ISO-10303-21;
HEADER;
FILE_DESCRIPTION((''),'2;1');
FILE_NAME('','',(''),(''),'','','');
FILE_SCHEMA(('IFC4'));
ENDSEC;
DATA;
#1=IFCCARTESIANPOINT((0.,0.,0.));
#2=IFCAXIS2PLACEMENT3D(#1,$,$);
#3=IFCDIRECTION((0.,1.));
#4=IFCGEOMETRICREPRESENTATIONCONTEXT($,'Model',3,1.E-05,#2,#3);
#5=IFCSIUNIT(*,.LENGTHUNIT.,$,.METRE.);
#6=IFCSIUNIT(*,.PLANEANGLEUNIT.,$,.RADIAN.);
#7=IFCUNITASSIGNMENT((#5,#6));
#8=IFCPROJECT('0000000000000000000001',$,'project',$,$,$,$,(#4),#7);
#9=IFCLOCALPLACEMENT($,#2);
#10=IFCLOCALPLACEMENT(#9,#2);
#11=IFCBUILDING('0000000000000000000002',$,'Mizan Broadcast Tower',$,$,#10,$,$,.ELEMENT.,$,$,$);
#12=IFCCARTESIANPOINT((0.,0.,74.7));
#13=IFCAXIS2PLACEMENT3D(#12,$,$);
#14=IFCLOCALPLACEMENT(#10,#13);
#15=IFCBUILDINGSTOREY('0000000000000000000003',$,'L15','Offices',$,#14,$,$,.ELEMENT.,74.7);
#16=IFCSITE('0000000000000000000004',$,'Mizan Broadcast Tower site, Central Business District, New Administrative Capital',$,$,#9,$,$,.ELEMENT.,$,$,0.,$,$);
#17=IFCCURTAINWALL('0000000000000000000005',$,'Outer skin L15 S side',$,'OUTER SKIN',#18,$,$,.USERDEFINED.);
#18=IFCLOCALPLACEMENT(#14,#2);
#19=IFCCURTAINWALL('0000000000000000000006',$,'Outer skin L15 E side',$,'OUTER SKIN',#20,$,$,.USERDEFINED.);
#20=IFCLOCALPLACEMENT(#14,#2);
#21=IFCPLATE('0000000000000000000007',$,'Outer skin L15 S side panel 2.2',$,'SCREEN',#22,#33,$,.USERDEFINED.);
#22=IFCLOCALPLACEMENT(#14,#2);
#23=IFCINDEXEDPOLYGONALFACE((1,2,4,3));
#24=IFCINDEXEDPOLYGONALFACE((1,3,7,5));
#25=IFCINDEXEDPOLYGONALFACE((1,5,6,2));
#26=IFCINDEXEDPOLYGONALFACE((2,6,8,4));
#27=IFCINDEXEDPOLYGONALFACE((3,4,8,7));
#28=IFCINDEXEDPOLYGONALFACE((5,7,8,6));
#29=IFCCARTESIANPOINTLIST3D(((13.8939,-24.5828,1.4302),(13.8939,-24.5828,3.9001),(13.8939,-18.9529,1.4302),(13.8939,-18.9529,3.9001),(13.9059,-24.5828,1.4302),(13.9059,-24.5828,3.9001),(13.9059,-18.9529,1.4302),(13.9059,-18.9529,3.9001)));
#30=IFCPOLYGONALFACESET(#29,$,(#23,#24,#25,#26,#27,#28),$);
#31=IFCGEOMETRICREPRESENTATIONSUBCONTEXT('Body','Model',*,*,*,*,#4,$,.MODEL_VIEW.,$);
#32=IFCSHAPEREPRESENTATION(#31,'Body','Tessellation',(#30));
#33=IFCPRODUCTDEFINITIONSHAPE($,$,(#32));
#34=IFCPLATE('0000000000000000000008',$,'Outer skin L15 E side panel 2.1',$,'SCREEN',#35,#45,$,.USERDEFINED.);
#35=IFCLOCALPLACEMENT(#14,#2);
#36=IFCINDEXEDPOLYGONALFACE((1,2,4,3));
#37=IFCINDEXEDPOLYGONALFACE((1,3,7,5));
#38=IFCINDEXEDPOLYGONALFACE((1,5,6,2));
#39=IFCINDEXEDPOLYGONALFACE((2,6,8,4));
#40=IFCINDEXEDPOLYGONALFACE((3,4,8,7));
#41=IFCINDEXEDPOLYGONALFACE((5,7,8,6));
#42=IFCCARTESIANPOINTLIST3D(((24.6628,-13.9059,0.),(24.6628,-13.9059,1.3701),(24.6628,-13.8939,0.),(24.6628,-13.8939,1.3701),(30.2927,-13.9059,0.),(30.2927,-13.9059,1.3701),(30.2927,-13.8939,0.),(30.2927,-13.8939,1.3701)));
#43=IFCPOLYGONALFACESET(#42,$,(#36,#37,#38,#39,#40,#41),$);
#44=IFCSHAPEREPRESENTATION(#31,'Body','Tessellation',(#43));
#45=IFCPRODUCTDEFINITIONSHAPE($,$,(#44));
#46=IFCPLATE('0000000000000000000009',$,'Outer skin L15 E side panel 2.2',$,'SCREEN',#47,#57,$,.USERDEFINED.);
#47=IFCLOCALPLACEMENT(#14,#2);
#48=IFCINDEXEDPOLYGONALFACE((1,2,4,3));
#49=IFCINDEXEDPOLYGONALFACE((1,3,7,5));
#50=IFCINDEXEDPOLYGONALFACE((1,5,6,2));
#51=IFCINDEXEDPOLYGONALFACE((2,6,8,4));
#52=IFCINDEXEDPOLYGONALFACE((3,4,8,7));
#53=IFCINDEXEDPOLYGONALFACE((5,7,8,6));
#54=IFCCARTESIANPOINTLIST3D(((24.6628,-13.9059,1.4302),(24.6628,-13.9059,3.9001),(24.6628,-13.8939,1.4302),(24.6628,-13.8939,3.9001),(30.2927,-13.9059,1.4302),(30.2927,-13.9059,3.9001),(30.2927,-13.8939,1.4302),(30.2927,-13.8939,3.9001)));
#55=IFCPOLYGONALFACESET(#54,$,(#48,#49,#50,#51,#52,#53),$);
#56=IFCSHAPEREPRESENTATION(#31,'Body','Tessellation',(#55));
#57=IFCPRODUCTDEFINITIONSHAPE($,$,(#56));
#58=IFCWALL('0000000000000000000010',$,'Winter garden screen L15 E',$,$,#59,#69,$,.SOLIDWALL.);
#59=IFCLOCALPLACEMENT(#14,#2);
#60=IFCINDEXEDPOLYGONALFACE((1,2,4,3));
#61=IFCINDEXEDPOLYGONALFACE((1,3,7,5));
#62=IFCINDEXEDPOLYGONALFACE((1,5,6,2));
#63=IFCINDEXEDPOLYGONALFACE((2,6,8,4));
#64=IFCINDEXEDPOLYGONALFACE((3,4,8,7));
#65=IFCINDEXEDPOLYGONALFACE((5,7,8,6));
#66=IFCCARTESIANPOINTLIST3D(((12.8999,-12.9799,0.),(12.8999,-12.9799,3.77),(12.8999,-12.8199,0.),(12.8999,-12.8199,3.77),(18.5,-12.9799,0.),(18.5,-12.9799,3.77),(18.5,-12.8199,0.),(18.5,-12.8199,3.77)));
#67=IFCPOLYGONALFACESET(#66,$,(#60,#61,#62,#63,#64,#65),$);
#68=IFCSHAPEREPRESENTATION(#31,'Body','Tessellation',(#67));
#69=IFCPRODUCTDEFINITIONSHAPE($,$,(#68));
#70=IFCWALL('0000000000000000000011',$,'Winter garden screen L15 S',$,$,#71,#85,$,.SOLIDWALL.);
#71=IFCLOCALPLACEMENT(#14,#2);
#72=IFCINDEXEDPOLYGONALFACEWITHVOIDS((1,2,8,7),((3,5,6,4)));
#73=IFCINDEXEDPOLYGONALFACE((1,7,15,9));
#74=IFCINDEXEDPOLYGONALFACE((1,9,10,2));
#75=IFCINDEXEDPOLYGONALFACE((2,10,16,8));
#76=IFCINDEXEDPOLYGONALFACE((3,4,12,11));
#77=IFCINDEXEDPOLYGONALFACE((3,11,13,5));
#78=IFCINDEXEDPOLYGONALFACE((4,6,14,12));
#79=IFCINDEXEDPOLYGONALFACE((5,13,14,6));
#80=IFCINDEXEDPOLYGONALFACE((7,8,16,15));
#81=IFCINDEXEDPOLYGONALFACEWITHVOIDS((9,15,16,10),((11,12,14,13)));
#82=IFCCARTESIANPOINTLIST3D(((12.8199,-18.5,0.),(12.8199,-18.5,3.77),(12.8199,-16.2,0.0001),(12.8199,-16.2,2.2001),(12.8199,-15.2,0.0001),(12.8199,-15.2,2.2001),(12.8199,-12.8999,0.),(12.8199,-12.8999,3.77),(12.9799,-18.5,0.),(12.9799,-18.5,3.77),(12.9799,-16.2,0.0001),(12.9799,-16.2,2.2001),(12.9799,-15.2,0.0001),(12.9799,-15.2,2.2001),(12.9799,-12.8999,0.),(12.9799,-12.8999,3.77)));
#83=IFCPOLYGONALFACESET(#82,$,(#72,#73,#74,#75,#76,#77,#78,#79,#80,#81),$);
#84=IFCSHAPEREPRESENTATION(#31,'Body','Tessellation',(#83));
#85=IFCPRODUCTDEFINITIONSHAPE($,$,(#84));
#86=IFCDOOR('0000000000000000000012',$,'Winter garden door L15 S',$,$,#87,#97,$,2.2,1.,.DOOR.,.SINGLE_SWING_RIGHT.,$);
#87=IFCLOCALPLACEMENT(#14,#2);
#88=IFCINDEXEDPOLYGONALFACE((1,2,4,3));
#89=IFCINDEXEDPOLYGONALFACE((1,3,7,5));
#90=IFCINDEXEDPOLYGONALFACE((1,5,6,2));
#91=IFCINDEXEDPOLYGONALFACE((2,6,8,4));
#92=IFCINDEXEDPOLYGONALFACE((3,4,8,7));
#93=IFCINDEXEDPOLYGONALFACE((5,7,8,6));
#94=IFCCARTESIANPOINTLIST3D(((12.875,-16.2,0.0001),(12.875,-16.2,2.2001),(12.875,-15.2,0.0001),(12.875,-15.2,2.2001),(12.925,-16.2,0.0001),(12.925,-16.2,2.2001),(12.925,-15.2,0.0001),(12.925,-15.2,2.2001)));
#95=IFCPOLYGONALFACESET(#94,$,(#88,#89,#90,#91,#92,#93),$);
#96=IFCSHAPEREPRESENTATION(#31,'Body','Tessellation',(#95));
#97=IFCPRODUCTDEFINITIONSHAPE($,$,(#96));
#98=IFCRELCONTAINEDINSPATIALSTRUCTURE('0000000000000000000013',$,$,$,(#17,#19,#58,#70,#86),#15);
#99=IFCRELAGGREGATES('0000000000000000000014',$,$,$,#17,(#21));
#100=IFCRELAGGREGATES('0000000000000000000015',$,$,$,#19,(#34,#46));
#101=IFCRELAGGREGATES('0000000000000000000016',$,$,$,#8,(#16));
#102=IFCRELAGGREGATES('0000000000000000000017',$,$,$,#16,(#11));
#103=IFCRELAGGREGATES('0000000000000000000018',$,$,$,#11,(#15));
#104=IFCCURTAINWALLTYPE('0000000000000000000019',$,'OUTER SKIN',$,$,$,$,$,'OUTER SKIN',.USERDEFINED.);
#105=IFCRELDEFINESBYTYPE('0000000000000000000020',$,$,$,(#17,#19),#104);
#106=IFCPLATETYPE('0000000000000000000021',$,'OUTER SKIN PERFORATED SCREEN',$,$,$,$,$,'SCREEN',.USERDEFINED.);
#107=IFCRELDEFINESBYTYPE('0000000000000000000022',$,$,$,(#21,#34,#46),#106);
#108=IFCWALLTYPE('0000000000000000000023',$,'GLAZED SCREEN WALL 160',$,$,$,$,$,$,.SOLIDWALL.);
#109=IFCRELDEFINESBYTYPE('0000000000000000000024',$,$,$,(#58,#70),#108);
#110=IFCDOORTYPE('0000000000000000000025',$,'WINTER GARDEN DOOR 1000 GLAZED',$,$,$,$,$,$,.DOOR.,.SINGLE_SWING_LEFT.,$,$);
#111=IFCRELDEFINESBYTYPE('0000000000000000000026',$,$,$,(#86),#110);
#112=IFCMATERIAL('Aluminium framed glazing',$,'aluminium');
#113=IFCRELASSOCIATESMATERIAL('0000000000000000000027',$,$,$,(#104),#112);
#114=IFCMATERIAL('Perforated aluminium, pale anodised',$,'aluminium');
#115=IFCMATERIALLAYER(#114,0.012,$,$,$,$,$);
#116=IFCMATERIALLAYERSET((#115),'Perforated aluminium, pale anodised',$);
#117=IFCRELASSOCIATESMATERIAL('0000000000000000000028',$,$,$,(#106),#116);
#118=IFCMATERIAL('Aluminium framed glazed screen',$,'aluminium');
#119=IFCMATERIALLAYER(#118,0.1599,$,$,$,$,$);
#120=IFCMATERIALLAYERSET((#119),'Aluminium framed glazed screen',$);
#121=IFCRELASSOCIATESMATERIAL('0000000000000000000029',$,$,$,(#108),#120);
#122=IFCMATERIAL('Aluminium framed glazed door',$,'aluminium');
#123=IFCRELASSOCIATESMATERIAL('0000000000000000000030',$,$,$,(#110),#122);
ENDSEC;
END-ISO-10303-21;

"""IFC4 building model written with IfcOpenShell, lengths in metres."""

from ifc_helpers import new_model, si_unit, direction, frame, frame_2d, origin, origin_2d, place, context, subcontext, project, spatial, rectangle, extrude, material, layer, layer_set, type_object, element, fill, aggregate, save


model = new_model("IFC4")

# Units and contexts
model_context = context("Model", 3, precision=1e-05, world=origin(), true_north=direction((0.0, 1.0)))
body_context = subcontext(model_context, "Body", "Model", "MODEL_VIEW")
ifc_project = project(units=[si_unit("LENGTHUNIT", "METRE"), si_unit("PLANEANGLEUNIT", "RADIAN")], contexts=[model_context])

# Site, building, storey
site_placement = place(None, origin())
site = spatial("IfcSite", under=ifc_project, at=site_placement, Name="Mizan Broadcast Tower site, Central Business District, New Administrative Capital", CompositionType="ELEMENT", RefElevation=0.0)
building_placement = place(site_placement, origin())
building = spatial("IfcBuilding", under=site, at=building_placement, Name="Mizan Broadcast Tower", CompositionType="ELEMENT")
storey_placement = place(building_placement, frame((0.0, 0.0, 74.7)))
storey = spatial("IfcBuildingStorey", under=building, at=storey_placement, Name="L15", Description="Offices", CompositionType="ELEMENT", Elevation=74.7)

# Shared definitions
ifc_material_1 = material(Name="Aluminium framed glazing", Category="aluminium")
curtain_wall_type_1 = type_object("IfcCurtainWallType", Name="OUTER SKIN", ElementType="OUTER SKIN", PredefinedType="USERDEFINED", material=ifc_material_1)

# Curtain wall
curtain_wall_1_placement = place(storey_placement, origin())
curtain_wall_1 = element("IfcCurtainWall", 1, at=curtain_wall_1_placement, inside=storey, type_object=curtain_wall_type_1, Name="Outer skin L15 S side", ObjectType="OUTER SKIN", PredefinedType="USERDEFINED")

# Curtain wall
curtain_wall_2_placement = place(storey_placement, origin())
curtain_wall_2 = element("IfcCurtainWall", 2, at=curtain_wall_2_placement, inside=storey, type_object=curtain_wall_type_1, Name="Outer skin L15 E side", ObjectType="OUTER SKIN", PredefinedType="USERDEFINED")

# Plates
ifc_material_2 = material(Name="Perforated aluminium, pale anodised", Category="aluminium")
ifc_layer_1 = layer(ifc_material_2, 0.012)
ifc_layer_set_1 = layer_set([ifc_layer_1], Name="Perforated aluminium, pale anodised")
plate_type_1 = type_object("IfcPlateType", Name="OUTER SKIN PERFORATED SCREEN", ElementType="SCREEN", PredefinedType="USERDEFINED", material=ifc_layer_set_1)
plate_1_placement = place(storey_placement, frame((13.8999, -21.7678, 1.4302), z_axis=(0.0, 0.0, 1.0), x_axis=(0.0, 1.0, 0.0)))
plate_1 = element("IfcPlate", 3, at=plate_1_placement, type_object=plate_type_1, Name="Outer skin L15 S side panel 2.2", ObjectType="SCREEN", PredefinedType="USERDEFINED", context=body_context, shape_type="SweptSolid", body=[
    extrude(rectangle(XDim=5.6299, YDim=0.012, at=origin_2d()), origin(), (0.0, 0.0, 1.0), 2.47),
])
aggregate(curtain_wall_1, [plate_1])
plate_2_placement = place(storey_placement, frame((27.4778, -13.8999, 0.0), z_axis=(0.0, 0.0, 1.0), x_axis=(1.0, 0.0, 0.0)))
plate_2 = element("IfcPlate", 4, at=plate_2_placement, type_object=plate_type_1, Name="Outer skin L15 E side panel 2.1", ObjectType="SCREEN", PredefinedType="USERDEFINED", context=body_context, shape_type="SweptSolid", body=[
    extrude(rectangle(XDim=5.6299, YDim=0.012, at=origin_2d()), origin(), (0.0, 0.0, 1.0), 1.3701),
])
plate_3_placement = place(storey_placement, frame((27.4778, -13.8999, 1.4302), z_axis=(0.0, 0.0, 1.0), x_axis=(1.0, 0.0, 0.0)))
plate_3 = element("IfcPlate", 5, at=plate_3_placement, type_object=plate_type_1, Name="Outer skin L15 E side panel 2.2", ObjectType="SCREEN", PredefinedType="USERDEFINED", context=body_context, shape_type="SweptSolid", body=[
    extrude(rectangle(XDim=5.6299, YDim=0.012, at=origin_2d()), origin(), (0.0, 0.0, 1.0), 2.47),
])
aggregate(curtain_wall_2, [plate_2, plate_3])

# Wall
ifc_material_3 = material(Name="Aluminium framed glazed screen", Category="aluminium")
ifc_layer_2 = layer(ifc_material_3, 0.1599)
ifc_layer_set_2 = layer_set([ifc_layer_2], Name="Aluminium framed glazed screen")
wall_type = type_object("IfcWallType", Name="GLAZED SCREEN WALL 160", PredefinedType="SOLIDWALL", material=ifc_layer_set_2)
wall_1_placement = place(storey_placement, frame((12.8999, -12.8999, 0.0), z_axis=(0.0, 0.0, 1.0), x_axis=(1.0, 0.0, 0.0)))
element("IfcWall", 6, at=wall_1_placement, inside=storey, type_object=wall_type, Name="Winter garden screen L15 E", PredefinedType="SOLIDWALL", context=body_context, shape_type="SweptSolid", body=[
    extrude(rectangle(XDim=5.6001, YDim=0.1599, at=frame_2d((2.8, 0.0))), origin(), (0.0, 0.0, 1.0), 3.77),
])

# Wall, opening, door
wall_2_placement = place(storey_placement, frame((12.8999, -18.5, 0.0), z_axis=(0.0, 0.0, 1.0), x_axis=(0.0, 1.0, 0.0)))
wall_2 = element("IfcWall", 7, at=wall_2_placement, inside=storey, type_object=wall_type, Name="Winter garden screen L15 S", PredefinedType="SOLIDWALL", context=body_context, shape_type="SweptSolid", body=[
    extrude(rectangle(XDim=5.6001, YDim=0.1599, at=frame_2d((2.8, 0.0))), origin(), (0.0, 0.0, 1.0), 3.77),
])
opening_placement = place(wall_2_placement, frame((2.3, 0.0, 0.0)))
opening = element("IfcOpeningElement", 8, at=opening_placement, cuts=wall_2, PredefinedType="OPENING", context=body_context, shape_type="SweptSolid", body=[
    extrude(rectangle(XDim=1.0, YDim=2.2, at=frame_2d((0.5, 1.1001))), frame((0.0, 0.0898, 0.0), z_axis=(0.0, -1.0, 0.0), x_axis=(1.0, 0.0, 0.0)), (0.0, 0.0, 1.0), 0.1799),
])
ifc_material_4 = material(Name="Aluminium framed glazed door", Category="aluminium")
door_type = type_object("IfcDoorType", Name="WINTER GARDEN DOOR 1000 GLAZED", OperationType="SINGLE_SWING_LEFT", PredefinedType="DOOR", material=ifc_material_4)
door_placement = place(opening_placement, origin())
door = element("IfcDoor", 9, at=door_placement, inside=storey, type_object=door_type, Name="Winter garden door L15 S", OperationType="SINGLE_SWING_RIGHT", OverallHeight=2.2, OverallWidth=1.0, PredefinedType="DOOR", context=body_context, shape_type="SweptSolid", body=[
    extrude(rectangle(XDim=1.0, YDim=2.2, at=frame_2d((0.5, 1.1001))), frame((0.0, 0.0249, 0.0), z_axis=(0.0, -1.0, 0.0), x_axis=(1.0, 0.0, 0.0)), (0.0, 0.0, 1.0), 0.05),
])
fill(opening, door)

save(model, "model.ifc")
